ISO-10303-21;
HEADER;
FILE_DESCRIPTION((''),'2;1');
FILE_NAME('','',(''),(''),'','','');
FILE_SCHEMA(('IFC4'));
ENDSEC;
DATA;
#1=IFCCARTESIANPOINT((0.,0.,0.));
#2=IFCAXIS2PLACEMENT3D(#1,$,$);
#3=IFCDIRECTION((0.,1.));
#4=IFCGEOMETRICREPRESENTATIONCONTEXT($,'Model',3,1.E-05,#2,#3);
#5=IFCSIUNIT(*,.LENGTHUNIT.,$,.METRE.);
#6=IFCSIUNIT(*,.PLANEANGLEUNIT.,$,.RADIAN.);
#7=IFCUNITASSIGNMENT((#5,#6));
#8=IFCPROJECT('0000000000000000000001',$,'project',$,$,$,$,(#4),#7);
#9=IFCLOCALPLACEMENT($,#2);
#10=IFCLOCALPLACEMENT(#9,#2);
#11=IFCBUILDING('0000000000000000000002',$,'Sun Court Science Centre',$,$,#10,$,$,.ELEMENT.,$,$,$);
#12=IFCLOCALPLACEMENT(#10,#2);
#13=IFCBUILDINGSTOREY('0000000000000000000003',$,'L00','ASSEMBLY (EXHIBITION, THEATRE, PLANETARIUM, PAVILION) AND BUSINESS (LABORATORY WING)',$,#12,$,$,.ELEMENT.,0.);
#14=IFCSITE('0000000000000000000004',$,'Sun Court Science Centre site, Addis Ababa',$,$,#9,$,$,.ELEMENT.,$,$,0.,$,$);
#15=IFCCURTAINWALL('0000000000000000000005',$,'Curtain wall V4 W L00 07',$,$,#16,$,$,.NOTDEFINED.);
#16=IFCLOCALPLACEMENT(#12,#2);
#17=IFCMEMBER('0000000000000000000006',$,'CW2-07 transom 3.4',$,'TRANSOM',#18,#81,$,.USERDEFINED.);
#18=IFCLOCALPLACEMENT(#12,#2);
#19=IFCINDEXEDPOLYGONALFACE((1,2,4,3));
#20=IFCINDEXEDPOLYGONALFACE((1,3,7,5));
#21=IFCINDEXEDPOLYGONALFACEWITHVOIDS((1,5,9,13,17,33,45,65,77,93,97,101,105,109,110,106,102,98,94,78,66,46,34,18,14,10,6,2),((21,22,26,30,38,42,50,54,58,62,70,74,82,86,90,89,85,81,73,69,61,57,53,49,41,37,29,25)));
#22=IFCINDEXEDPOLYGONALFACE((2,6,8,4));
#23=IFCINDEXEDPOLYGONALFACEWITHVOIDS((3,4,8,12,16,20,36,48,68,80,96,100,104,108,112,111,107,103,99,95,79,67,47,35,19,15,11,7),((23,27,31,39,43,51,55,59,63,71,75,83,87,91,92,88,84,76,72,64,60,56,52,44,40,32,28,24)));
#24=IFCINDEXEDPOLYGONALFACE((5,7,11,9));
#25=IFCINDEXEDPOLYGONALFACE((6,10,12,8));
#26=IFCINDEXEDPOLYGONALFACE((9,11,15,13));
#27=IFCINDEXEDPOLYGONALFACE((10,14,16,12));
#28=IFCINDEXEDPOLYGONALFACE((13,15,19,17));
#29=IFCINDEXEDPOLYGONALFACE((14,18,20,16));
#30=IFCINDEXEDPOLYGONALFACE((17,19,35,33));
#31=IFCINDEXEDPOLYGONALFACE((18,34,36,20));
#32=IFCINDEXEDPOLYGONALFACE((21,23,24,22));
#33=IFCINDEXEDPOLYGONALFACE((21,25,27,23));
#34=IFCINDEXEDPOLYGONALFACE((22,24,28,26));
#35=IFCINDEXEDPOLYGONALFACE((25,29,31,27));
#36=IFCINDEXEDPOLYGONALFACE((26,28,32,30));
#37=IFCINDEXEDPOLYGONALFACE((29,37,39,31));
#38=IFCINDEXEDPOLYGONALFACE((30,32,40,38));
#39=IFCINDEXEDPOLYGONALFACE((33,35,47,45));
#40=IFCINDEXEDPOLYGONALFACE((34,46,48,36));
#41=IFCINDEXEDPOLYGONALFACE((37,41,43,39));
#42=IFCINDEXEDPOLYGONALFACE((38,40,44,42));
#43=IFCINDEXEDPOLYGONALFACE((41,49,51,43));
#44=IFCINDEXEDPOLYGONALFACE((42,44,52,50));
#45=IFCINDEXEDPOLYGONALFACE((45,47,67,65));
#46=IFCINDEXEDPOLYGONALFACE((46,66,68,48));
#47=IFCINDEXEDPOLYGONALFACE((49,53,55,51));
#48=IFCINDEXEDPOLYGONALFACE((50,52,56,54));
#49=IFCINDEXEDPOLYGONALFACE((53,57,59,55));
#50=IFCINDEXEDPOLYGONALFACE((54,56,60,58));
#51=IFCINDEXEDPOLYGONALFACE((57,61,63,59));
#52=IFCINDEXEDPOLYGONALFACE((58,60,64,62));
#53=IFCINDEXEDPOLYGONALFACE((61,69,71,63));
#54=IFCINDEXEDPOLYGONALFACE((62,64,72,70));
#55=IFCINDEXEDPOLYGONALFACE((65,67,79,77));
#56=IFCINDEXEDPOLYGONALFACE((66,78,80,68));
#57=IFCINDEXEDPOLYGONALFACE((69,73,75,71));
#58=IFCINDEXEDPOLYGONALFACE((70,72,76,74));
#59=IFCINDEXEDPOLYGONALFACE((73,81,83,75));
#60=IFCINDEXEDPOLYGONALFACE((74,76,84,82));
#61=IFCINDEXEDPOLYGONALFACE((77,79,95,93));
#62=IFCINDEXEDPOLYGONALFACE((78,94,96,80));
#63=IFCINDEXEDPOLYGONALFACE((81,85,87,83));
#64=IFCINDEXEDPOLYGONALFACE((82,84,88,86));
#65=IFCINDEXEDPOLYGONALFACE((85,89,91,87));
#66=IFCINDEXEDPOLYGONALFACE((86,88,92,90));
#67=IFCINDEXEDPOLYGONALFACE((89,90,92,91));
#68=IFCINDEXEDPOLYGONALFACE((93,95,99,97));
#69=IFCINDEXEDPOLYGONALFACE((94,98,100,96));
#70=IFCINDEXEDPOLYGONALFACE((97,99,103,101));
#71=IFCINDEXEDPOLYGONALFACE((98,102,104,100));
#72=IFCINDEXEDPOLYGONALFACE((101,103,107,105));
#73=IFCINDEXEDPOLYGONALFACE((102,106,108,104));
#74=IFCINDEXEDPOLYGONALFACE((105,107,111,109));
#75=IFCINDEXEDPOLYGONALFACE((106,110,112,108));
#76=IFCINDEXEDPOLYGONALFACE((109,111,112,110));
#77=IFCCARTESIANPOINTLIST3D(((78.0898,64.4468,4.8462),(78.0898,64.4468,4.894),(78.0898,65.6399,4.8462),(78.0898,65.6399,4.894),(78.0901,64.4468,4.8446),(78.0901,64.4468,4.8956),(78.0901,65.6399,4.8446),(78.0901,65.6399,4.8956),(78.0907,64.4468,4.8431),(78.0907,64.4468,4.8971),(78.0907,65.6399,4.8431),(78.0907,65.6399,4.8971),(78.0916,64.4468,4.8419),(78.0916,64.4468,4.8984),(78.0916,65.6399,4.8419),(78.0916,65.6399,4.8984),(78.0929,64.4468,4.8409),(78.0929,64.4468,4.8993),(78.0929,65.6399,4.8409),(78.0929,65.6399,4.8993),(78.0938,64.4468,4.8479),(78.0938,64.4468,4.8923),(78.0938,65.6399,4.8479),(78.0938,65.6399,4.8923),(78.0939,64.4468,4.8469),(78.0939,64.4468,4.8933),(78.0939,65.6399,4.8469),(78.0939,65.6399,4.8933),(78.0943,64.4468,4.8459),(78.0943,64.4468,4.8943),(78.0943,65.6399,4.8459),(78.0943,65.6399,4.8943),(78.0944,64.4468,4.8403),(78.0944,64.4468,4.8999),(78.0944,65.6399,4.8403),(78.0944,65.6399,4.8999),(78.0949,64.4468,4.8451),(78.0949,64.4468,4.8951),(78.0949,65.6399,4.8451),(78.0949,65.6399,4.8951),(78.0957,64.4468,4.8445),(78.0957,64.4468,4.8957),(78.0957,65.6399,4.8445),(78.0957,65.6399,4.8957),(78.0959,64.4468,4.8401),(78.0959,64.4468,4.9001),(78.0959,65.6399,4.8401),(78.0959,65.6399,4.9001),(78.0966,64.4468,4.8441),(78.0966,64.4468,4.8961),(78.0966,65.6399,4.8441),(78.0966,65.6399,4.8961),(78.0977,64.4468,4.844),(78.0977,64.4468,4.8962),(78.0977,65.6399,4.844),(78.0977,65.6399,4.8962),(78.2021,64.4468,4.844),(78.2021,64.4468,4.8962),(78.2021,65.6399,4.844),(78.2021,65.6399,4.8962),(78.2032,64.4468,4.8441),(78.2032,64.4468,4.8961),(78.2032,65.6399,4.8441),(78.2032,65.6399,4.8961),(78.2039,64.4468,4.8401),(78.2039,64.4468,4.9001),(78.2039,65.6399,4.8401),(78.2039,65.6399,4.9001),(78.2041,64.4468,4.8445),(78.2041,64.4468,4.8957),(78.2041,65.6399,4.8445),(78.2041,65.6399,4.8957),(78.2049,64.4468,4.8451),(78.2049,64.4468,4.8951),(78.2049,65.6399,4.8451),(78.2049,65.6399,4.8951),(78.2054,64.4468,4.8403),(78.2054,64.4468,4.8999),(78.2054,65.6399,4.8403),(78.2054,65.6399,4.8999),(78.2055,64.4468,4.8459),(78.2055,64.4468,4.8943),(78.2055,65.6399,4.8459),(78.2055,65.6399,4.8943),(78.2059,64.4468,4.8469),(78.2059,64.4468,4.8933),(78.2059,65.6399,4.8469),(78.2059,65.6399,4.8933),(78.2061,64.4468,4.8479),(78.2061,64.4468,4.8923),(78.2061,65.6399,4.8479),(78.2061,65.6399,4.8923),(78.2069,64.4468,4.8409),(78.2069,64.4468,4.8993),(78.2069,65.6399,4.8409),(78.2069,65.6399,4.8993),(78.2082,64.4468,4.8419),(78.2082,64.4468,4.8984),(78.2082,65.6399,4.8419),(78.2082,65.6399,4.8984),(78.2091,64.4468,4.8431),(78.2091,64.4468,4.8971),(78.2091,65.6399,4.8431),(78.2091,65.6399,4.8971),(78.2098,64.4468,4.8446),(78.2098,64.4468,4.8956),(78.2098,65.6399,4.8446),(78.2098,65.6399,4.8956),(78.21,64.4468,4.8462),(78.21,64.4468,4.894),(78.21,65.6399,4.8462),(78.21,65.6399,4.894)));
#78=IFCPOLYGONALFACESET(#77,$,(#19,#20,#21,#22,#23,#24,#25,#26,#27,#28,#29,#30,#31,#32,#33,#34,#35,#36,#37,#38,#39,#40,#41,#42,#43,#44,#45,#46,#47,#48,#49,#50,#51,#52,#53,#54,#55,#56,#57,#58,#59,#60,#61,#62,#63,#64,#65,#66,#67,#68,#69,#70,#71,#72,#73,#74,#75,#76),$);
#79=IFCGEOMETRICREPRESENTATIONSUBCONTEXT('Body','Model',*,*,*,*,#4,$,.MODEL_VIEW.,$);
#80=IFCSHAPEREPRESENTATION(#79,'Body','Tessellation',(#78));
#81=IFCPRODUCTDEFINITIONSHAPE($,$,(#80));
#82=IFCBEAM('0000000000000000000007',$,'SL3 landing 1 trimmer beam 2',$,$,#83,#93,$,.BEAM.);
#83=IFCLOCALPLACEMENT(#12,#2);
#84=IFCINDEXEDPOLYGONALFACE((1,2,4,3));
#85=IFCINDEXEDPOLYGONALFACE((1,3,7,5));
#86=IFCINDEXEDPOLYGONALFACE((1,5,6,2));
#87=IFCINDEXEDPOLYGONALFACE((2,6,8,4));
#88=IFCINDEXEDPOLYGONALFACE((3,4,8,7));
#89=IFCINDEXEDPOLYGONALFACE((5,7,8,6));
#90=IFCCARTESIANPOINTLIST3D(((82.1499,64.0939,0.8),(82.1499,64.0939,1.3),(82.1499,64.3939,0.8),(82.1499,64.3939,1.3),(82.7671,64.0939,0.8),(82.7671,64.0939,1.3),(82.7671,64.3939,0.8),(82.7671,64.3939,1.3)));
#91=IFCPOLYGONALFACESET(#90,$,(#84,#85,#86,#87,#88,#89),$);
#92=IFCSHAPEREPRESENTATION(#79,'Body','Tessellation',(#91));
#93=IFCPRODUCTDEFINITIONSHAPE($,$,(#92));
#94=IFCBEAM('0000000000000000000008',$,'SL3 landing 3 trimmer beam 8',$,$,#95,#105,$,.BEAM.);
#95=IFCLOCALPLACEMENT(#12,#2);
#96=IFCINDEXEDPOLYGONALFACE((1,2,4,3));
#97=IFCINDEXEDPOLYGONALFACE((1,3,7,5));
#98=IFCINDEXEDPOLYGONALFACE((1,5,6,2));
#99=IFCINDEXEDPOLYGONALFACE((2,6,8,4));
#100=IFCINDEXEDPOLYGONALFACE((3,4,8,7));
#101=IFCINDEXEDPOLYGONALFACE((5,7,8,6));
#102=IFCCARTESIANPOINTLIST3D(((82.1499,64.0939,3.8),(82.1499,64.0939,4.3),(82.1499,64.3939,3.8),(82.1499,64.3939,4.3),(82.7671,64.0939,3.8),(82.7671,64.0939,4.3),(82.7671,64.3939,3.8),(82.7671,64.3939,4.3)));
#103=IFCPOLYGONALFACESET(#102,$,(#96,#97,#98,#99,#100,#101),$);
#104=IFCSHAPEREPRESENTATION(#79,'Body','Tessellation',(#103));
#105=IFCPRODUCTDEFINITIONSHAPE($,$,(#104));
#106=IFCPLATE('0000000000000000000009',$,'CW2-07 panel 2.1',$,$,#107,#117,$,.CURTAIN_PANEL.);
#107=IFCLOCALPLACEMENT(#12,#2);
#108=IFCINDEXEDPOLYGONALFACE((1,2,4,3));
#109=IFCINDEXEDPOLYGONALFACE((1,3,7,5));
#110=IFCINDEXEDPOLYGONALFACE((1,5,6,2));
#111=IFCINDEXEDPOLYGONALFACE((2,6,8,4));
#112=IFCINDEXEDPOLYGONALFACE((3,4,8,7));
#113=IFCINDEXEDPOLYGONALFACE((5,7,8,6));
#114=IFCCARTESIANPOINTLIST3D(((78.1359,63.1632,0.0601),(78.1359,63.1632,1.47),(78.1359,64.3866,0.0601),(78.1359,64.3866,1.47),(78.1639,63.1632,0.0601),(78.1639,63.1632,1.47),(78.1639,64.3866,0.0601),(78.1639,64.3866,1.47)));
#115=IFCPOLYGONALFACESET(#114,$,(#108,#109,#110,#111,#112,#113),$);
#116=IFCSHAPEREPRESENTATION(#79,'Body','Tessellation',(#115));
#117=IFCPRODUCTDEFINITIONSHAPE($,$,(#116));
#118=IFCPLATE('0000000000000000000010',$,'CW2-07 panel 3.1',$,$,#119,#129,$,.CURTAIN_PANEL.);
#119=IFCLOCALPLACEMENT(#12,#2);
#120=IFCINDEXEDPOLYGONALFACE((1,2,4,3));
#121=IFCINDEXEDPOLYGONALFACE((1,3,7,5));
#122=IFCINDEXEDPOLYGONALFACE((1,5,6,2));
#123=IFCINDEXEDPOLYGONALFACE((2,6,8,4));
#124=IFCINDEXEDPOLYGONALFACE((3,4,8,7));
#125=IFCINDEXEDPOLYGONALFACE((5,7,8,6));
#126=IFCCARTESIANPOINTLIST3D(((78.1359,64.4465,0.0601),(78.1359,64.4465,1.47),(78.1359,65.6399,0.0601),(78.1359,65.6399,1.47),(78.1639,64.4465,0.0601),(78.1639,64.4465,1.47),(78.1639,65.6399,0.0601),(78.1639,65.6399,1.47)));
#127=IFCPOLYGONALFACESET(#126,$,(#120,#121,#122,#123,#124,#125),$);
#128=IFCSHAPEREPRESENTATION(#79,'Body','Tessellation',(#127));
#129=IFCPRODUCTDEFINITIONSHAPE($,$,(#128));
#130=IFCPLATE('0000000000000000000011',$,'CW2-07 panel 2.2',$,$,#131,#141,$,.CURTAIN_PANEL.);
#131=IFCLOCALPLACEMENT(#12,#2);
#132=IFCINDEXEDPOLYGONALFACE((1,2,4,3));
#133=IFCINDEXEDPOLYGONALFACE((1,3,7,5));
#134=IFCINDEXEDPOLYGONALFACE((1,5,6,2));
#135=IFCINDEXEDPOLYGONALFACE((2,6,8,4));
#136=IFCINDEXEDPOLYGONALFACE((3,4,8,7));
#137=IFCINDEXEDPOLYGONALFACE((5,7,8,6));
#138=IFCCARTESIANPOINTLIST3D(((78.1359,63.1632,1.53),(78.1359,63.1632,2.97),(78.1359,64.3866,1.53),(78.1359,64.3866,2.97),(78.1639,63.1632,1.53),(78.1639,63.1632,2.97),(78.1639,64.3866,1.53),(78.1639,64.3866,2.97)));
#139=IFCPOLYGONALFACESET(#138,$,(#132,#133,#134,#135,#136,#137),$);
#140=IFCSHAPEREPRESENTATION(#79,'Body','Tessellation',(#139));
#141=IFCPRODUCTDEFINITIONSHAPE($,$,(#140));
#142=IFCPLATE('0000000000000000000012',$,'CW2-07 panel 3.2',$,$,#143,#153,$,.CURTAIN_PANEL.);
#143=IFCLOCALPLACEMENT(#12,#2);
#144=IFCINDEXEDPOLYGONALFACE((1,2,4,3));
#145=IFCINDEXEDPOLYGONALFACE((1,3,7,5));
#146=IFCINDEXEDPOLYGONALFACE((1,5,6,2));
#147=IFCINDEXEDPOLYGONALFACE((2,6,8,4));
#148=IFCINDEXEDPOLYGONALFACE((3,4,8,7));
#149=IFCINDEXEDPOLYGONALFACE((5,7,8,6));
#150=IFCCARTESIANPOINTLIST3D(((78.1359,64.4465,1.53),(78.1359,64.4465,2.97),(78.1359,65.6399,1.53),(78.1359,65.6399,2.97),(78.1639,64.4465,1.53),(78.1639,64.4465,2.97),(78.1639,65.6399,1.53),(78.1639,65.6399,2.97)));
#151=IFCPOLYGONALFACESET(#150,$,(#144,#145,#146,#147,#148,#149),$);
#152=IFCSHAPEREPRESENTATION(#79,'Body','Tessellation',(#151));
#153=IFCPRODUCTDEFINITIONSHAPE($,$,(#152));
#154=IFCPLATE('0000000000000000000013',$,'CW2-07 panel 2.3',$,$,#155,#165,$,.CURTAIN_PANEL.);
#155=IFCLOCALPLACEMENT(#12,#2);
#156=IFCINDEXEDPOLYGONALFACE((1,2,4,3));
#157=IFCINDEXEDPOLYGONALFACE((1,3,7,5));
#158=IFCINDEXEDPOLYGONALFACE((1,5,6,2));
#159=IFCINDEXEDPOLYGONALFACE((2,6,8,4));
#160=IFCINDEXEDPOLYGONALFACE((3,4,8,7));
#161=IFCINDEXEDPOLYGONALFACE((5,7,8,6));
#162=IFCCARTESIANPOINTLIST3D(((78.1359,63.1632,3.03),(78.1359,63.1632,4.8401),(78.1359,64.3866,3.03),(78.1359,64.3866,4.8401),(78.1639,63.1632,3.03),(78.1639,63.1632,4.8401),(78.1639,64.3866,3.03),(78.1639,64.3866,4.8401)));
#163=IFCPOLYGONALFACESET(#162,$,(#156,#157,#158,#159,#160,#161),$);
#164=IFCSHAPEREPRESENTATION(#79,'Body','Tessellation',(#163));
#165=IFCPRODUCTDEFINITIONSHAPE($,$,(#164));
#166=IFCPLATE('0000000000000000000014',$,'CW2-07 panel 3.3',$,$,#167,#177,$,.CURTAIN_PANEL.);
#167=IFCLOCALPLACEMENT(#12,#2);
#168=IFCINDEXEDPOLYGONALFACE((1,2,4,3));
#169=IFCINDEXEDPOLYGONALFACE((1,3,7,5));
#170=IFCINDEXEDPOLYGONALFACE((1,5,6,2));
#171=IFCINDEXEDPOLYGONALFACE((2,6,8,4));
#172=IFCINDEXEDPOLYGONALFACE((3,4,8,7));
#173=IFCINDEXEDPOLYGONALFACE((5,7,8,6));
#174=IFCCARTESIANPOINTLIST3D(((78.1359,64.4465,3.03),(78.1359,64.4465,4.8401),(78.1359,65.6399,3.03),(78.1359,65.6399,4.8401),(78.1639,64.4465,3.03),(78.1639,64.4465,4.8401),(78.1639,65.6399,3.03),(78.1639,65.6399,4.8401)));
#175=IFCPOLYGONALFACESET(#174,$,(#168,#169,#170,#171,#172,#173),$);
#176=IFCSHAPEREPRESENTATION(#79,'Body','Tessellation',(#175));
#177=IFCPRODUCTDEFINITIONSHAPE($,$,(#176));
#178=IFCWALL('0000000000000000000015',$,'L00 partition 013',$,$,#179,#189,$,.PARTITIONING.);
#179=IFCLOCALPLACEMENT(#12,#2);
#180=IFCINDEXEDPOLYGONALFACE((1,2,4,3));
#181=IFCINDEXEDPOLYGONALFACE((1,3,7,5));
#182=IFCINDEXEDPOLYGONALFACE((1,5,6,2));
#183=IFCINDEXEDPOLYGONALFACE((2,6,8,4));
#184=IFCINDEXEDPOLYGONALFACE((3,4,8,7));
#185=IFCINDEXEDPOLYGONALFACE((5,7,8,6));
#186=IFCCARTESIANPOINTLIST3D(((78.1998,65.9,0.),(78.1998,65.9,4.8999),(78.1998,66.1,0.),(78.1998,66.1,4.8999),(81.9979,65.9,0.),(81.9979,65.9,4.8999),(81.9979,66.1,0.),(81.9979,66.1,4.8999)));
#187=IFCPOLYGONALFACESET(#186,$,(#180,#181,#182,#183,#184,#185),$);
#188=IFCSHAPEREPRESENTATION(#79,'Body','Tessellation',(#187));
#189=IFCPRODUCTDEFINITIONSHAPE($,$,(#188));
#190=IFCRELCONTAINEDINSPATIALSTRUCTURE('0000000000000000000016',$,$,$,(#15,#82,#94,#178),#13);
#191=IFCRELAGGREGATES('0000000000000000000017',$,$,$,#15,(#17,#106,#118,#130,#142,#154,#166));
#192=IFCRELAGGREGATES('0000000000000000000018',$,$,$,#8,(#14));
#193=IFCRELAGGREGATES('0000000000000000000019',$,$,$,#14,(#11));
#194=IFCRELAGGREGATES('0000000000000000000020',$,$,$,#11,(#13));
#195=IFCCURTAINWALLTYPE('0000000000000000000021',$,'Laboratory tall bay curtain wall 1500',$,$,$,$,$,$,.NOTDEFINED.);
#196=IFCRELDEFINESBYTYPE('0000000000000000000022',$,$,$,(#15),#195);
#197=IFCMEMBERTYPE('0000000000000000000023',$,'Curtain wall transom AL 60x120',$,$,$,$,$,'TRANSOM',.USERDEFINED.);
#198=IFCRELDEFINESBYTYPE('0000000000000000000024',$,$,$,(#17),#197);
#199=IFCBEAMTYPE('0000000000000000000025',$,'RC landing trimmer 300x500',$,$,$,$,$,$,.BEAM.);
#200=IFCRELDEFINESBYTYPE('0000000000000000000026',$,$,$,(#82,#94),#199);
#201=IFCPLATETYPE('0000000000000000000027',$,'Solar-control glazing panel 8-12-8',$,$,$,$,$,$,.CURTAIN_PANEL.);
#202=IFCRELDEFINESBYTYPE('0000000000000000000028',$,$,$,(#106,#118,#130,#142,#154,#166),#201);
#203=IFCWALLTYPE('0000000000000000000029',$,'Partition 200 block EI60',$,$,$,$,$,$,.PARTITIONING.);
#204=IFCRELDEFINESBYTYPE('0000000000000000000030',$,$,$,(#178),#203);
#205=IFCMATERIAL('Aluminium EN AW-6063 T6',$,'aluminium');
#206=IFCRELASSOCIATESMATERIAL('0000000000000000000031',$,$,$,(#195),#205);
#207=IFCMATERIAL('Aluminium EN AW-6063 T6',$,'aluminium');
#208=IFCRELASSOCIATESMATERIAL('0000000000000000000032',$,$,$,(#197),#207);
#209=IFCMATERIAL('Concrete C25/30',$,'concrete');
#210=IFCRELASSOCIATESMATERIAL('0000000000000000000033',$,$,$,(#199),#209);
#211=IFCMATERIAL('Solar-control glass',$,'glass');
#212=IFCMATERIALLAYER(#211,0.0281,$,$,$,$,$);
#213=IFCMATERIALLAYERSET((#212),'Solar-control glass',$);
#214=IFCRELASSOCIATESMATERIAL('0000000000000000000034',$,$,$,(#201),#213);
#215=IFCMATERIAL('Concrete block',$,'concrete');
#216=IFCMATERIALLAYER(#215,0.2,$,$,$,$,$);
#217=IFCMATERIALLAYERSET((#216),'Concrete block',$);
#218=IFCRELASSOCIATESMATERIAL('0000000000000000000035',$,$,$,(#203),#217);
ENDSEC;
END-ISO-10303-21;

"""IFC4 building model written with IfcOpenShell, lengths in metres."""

from ifc_helpers import new_model, si_unit, direction, frame, frame_2d, origin, origin_2d, place, context, subcontext, project, spatial, rectangle, hollow_rectangle, extrude, material, layer, layer_set, material_profile, profile_set, type_object, element, aggregate, save


model = new_model("IFC4")

# Units and contexts
model_context = context("Model", 3, precision=1e-05, world=origin(), true_north=direction((0.0, 1.0)))
body_context = subcontext(model_context, "Body", "Model", "MODEL_VIEW")
ifc_project = project(units=[si_unit("LENGTHUNIT", "METRE"), si_unit("PLANEANGLEUNIT", "RADIAN")], contexts=[model_context])

# Site, building, storey
site_placement = place(None, origin())
site = spatial("IfcSite", under=ifc_project, at=site_placement, Name="Sun Court Science Centre site, Addis Ababa", CompositionType="ELEMENT", RefElevation=0.0)
building_placement = place(site_placement, origin())
building = spatial("IfcBuilding", under=site, at=building_placement, Name="Sun Court Science Centre", CompositionType="ELEMENT")
storey_placement = place(building_placement, origin())
storey = spatial("IfcBuildingStorey", under=building, at=storey_placement, Name="L00", Description="ASSEMBLY (EXHIBITION, THEATRE, PLANETARIUM, PAVILION) AND BUSINESS (LABORATORY WING)", CompositionType="ELEMENT", Elevation=0.0)

# Curtain wall, member
ifc_material_1 = material(Name="Aluminium EN AW-6063 T6", Category="aluminium")
curtain_wall_type = type_object("IfcCurtainWallType", Name="Laboratory tall bay curtain wall 1500", PredefinedType="NOTDEFINED", material=ifc_material_1)
curtain_wall_placement = place(storey_placement, origin())
curtain_wall = element("IfcCurtainWall", 1, at=curtain_wall_placement, inside=storey, type_object=curtain_wall_type, Name="Curtain wall V4 W L00 07", PredefinedType="NOTDEFINED")
ifc_material_2 = material(Name="Aluminium EN AW-6063 T6", Category="aluminium")
ifc_material_profile_1 = material_profile(ifc_material_2, hollow_rectangle(XDim=0.0601, YDim=0.1201, WallThickness=0.0039, InnerFilletRadius=0.0039, OuterFilletRadius=0.0061, at=origin_2d()), Name="AL 60x120x4")
ifc_profile_set_1 = profile_set([ifc_material_profile_1], Name="Aluminium EN AW-6063 T6")
member_type_1 = type_object("IfcMemberType", Name="Curtain wall transom AL 60x120", ElementType="TRANSOM", PredefinedType="USERDEFINED", material=ifc_profile_set_1)
member_1_placement = place(storey_placement, frame((78.1499, 64.4468, 4.8701), z_axis=(0.0, 1.0, 0.0), x_axis=(0.0, 0.0, 1.0)))
member_1 = element("IfcMember", 2, at=member_1_placement, type_object=member_type_1, Name="CW2-07 transom 3.4", ObjectType="TRANSOM", PredefinedType="USERDEFINED", context=body_context, shape_type="SweptSolid", body=[
    extrude(hollow_rectangle(XDim=0.0601, YDim=0.1201, WallThickness=0.0039, InnerFilletRadius=0.0039, OuterFilletRadius=0.0061, at=origin_2d()), origin(), (0.0, 0.0, 1.0), 1.1931),
])

# Beams
ifc_material_3 = material(Name="Concrete C25/30", Category="concrete")
ifc_material_profile_2 = material_profile(ifc_material_3, rectangle(XDim=0.3, YDim=0.5, at=origin_2d()), Name="RC 300x500")
ifc_profile_set_2 = profile_set([ifc_material_profile_2], Name="Concrete C25/30")
beam_type = type_object("IfcBeamType", Name="RC landing trimmer 300x500", PredefinedType="BEAM", material=ifc_profile_set_2)
for number, where, z_axis, x_axis, name in (
    (3, (82.1499, 64.2439, 1.05), (1.0, 0.0, 0.0), (0.0, 1.0, 0.0), "SL3 landing 1 trimmer beam 2"),
    (4, (82.1499, 64.2439, 4.05), (1.0, 0.0, 0.0), (0.0, 1.0, 0.0), "SL3 landing 3 trimmer beam 8"),
):
    element("IfcBeam", number, at=place(storey_placement, frame(where, z_axis=z_axis, x_axis=x_axis)), inside=storey, type_object=beam_type, Name=name, PredefinedType="BEAM", context=body_context, shape_type="SweptSolid", body=[
        extrude(rectangle(XDim=0.3, YDim=0.5, at=origin_2d()), origin(), (0.0, 0.0, 1.0), 0.6172),
    ])

# Plates
ifc_material_4 = material(Name="Solar-control glass", Category="glass")
ifc_layer_1 = layer(ifc_material_4, 0.0281)
ifc_layer_set_1 = layer_set([ifc_layer_1], Name="Solar-control glass")
plate_type = type_object("IfcPlateType", Name="Solar-control glazing panel 8-12-8", PredefinedType="CURTAIN_PANEL", material=ifc_layer_set_1)
plate_1_placement = place(storey_placement, frame((78.1499, 63.7749, 0.0601), z_axis=(0.0, 0.0, 1.0), x_axis=(0.0, 1.0, 0.0)))
plate_1 = element("IfcPlate", 5, at=plate_1_placement, type_object=plate_type, Name="CW2-07 panel 2.1", PredefinedType="CURTAIN_PANEL", context=body_context, shape_type="SweptSolid", body=[
    extrude(rectangle(XDim=1.2234, YDim=0.0281, at=origin_2d()), origin(), (0.0, 0.0, 1.0), 1.4099),
])
plate_2_placement = place(storey_placement, frame((78.1499, 65.0432, 0.0601), z_axis=(0.0, 0.0, 1.0), x_axis=(0.0, 1.0, 0.0)))
plate_2 = element("IfcPlate", 6, at=plate_2_placement, type_object=plate_type, Name="CW2-07 panel 3.1", PredefinedType="CURTAIN_PANEL", context=body_context, shape_type="SweptSolid", body=[
    extrude(rectangle(XDim=1.1934, YDim=0.0281, at=origin_2d()), origin(), (0.0, 0.0, 1.0), 1.4099),
])
plate_3_placement = place(storey_placement, frame((78.1499, 63.7749, 1.53), z_axis=(0.0, 0.0, 1.0), x_axis=(0.0, 1.0, 0.0)))
plate_3 = element("IfcPlate", 7, at=plate_3_placement, type_object=plate_type, Name="CW2-07 panel 2.2", PredefinedType="CURTAIN_PANEL", context=body_context, shape_type="SweptSolid", body=[
    extrude(rectangle(XDim=1.2234, YDim=0.0281, at=origin_2d()), origin(), (0.0, 0.0, 1.0), 1.4399),
])
plate_4_placement = place(storey_placement, frame((78.1499, 65.0432, 1.53), z_axis=(0.0, 0.0, 1.0), x_axis=(0.0, 1.0, 0.0)))
plate_4 = element("IfcPlate", 8, at=plate_4_placement, type_object=plate_type, Name="CW2-07 panel 3.2", PredefinedType="CURTAIN_PANEL", context=body_context, shape_type="SweptSolid", body=[
    extrude(rectangle(XDim=1.1934, YDim=0.0281, at=origin_2d()), origin(), (0.0, 0.0, 1.0), 1.4399),
])
plate_5_placement = place(storey_placement, frame((78.1499, 63.7749, 3.03), z_axis=(0.0, 0.0, 1.0), x_axis=(0.0, 1.0, 0.0)))
plate_5 = element("IfcPlate", 9, at=plate_5_placement, type_object=plate_type, Name="CW2-07 panel 2.3", PredefinedType="CURTAIN_PANEL", context=body_context, shape_type="SweptSolid", body=[
    extrude(rectangle(XDim=1.2234, YDim=0.0281, at=origin_2d()), origin(), (0.0, 0.0, 1.0), 1.8101),
])
plate_6_placement = place(storey_placement, frame((78.1499, 65.0432, 3.03), z_axis=(0.0, 0.0, 1.0), x_axis=(0.0, 1.0, 0.0)))
plate_6 = element("IfcPlate", 10, at=plate_6_placement, type_object=plate_type, Name="CW2-07 panel 3.3", PredefinedType="CURTAIN_PANEL", context=body_context, shape_type="SweptSolid", body=[
    extrude(rectangle(XDim=1.1934, YDim=0.0281, at=origin_2d()), origin(), (0.0, 0.0, 1.0), 1.8101),
])
aggregate(curtain_wall, [member_1, plate_1, plate_2, plate_3, plate_4, plate_5, plate_6])

# Wall
ifc_material_5 = material(Name="Concrete block", Category="concrete")
ifc_layer_2 = layer(ifc_material_5, 0.2)
ifc_layer_set_2 = layer_set([ifc_layer_2], Name="Concrete block")
wall_type_1 = type_object("IfcWallType", Name="Partition 200 block EI60", PredefinedType="PARTITIONING", material=ifc_layer_set_2)
wall_1_placement = place(storey_placement, frame((78.2, 66.0, 0.0), z_axis=(0.0, 0.0, 1.0), x_axis=(1.0, 0.0, 0.0)))
element("IfcWall", 11, at=wall_1_placement, inside=storey, type_object=wall_type_1, Name="L00 partition 013", PredefinedType="PARTITIONING", context=body_context, shape_type="SweptSolid", body=[
    extrude(rectangle(XDim=3.7981, YDim=0.2, at=frame_2d((1.8989, 0.0))), origin(), (0.0, 0.0, 1.0), 4.8999),
])

save(model, "model.ifc")
